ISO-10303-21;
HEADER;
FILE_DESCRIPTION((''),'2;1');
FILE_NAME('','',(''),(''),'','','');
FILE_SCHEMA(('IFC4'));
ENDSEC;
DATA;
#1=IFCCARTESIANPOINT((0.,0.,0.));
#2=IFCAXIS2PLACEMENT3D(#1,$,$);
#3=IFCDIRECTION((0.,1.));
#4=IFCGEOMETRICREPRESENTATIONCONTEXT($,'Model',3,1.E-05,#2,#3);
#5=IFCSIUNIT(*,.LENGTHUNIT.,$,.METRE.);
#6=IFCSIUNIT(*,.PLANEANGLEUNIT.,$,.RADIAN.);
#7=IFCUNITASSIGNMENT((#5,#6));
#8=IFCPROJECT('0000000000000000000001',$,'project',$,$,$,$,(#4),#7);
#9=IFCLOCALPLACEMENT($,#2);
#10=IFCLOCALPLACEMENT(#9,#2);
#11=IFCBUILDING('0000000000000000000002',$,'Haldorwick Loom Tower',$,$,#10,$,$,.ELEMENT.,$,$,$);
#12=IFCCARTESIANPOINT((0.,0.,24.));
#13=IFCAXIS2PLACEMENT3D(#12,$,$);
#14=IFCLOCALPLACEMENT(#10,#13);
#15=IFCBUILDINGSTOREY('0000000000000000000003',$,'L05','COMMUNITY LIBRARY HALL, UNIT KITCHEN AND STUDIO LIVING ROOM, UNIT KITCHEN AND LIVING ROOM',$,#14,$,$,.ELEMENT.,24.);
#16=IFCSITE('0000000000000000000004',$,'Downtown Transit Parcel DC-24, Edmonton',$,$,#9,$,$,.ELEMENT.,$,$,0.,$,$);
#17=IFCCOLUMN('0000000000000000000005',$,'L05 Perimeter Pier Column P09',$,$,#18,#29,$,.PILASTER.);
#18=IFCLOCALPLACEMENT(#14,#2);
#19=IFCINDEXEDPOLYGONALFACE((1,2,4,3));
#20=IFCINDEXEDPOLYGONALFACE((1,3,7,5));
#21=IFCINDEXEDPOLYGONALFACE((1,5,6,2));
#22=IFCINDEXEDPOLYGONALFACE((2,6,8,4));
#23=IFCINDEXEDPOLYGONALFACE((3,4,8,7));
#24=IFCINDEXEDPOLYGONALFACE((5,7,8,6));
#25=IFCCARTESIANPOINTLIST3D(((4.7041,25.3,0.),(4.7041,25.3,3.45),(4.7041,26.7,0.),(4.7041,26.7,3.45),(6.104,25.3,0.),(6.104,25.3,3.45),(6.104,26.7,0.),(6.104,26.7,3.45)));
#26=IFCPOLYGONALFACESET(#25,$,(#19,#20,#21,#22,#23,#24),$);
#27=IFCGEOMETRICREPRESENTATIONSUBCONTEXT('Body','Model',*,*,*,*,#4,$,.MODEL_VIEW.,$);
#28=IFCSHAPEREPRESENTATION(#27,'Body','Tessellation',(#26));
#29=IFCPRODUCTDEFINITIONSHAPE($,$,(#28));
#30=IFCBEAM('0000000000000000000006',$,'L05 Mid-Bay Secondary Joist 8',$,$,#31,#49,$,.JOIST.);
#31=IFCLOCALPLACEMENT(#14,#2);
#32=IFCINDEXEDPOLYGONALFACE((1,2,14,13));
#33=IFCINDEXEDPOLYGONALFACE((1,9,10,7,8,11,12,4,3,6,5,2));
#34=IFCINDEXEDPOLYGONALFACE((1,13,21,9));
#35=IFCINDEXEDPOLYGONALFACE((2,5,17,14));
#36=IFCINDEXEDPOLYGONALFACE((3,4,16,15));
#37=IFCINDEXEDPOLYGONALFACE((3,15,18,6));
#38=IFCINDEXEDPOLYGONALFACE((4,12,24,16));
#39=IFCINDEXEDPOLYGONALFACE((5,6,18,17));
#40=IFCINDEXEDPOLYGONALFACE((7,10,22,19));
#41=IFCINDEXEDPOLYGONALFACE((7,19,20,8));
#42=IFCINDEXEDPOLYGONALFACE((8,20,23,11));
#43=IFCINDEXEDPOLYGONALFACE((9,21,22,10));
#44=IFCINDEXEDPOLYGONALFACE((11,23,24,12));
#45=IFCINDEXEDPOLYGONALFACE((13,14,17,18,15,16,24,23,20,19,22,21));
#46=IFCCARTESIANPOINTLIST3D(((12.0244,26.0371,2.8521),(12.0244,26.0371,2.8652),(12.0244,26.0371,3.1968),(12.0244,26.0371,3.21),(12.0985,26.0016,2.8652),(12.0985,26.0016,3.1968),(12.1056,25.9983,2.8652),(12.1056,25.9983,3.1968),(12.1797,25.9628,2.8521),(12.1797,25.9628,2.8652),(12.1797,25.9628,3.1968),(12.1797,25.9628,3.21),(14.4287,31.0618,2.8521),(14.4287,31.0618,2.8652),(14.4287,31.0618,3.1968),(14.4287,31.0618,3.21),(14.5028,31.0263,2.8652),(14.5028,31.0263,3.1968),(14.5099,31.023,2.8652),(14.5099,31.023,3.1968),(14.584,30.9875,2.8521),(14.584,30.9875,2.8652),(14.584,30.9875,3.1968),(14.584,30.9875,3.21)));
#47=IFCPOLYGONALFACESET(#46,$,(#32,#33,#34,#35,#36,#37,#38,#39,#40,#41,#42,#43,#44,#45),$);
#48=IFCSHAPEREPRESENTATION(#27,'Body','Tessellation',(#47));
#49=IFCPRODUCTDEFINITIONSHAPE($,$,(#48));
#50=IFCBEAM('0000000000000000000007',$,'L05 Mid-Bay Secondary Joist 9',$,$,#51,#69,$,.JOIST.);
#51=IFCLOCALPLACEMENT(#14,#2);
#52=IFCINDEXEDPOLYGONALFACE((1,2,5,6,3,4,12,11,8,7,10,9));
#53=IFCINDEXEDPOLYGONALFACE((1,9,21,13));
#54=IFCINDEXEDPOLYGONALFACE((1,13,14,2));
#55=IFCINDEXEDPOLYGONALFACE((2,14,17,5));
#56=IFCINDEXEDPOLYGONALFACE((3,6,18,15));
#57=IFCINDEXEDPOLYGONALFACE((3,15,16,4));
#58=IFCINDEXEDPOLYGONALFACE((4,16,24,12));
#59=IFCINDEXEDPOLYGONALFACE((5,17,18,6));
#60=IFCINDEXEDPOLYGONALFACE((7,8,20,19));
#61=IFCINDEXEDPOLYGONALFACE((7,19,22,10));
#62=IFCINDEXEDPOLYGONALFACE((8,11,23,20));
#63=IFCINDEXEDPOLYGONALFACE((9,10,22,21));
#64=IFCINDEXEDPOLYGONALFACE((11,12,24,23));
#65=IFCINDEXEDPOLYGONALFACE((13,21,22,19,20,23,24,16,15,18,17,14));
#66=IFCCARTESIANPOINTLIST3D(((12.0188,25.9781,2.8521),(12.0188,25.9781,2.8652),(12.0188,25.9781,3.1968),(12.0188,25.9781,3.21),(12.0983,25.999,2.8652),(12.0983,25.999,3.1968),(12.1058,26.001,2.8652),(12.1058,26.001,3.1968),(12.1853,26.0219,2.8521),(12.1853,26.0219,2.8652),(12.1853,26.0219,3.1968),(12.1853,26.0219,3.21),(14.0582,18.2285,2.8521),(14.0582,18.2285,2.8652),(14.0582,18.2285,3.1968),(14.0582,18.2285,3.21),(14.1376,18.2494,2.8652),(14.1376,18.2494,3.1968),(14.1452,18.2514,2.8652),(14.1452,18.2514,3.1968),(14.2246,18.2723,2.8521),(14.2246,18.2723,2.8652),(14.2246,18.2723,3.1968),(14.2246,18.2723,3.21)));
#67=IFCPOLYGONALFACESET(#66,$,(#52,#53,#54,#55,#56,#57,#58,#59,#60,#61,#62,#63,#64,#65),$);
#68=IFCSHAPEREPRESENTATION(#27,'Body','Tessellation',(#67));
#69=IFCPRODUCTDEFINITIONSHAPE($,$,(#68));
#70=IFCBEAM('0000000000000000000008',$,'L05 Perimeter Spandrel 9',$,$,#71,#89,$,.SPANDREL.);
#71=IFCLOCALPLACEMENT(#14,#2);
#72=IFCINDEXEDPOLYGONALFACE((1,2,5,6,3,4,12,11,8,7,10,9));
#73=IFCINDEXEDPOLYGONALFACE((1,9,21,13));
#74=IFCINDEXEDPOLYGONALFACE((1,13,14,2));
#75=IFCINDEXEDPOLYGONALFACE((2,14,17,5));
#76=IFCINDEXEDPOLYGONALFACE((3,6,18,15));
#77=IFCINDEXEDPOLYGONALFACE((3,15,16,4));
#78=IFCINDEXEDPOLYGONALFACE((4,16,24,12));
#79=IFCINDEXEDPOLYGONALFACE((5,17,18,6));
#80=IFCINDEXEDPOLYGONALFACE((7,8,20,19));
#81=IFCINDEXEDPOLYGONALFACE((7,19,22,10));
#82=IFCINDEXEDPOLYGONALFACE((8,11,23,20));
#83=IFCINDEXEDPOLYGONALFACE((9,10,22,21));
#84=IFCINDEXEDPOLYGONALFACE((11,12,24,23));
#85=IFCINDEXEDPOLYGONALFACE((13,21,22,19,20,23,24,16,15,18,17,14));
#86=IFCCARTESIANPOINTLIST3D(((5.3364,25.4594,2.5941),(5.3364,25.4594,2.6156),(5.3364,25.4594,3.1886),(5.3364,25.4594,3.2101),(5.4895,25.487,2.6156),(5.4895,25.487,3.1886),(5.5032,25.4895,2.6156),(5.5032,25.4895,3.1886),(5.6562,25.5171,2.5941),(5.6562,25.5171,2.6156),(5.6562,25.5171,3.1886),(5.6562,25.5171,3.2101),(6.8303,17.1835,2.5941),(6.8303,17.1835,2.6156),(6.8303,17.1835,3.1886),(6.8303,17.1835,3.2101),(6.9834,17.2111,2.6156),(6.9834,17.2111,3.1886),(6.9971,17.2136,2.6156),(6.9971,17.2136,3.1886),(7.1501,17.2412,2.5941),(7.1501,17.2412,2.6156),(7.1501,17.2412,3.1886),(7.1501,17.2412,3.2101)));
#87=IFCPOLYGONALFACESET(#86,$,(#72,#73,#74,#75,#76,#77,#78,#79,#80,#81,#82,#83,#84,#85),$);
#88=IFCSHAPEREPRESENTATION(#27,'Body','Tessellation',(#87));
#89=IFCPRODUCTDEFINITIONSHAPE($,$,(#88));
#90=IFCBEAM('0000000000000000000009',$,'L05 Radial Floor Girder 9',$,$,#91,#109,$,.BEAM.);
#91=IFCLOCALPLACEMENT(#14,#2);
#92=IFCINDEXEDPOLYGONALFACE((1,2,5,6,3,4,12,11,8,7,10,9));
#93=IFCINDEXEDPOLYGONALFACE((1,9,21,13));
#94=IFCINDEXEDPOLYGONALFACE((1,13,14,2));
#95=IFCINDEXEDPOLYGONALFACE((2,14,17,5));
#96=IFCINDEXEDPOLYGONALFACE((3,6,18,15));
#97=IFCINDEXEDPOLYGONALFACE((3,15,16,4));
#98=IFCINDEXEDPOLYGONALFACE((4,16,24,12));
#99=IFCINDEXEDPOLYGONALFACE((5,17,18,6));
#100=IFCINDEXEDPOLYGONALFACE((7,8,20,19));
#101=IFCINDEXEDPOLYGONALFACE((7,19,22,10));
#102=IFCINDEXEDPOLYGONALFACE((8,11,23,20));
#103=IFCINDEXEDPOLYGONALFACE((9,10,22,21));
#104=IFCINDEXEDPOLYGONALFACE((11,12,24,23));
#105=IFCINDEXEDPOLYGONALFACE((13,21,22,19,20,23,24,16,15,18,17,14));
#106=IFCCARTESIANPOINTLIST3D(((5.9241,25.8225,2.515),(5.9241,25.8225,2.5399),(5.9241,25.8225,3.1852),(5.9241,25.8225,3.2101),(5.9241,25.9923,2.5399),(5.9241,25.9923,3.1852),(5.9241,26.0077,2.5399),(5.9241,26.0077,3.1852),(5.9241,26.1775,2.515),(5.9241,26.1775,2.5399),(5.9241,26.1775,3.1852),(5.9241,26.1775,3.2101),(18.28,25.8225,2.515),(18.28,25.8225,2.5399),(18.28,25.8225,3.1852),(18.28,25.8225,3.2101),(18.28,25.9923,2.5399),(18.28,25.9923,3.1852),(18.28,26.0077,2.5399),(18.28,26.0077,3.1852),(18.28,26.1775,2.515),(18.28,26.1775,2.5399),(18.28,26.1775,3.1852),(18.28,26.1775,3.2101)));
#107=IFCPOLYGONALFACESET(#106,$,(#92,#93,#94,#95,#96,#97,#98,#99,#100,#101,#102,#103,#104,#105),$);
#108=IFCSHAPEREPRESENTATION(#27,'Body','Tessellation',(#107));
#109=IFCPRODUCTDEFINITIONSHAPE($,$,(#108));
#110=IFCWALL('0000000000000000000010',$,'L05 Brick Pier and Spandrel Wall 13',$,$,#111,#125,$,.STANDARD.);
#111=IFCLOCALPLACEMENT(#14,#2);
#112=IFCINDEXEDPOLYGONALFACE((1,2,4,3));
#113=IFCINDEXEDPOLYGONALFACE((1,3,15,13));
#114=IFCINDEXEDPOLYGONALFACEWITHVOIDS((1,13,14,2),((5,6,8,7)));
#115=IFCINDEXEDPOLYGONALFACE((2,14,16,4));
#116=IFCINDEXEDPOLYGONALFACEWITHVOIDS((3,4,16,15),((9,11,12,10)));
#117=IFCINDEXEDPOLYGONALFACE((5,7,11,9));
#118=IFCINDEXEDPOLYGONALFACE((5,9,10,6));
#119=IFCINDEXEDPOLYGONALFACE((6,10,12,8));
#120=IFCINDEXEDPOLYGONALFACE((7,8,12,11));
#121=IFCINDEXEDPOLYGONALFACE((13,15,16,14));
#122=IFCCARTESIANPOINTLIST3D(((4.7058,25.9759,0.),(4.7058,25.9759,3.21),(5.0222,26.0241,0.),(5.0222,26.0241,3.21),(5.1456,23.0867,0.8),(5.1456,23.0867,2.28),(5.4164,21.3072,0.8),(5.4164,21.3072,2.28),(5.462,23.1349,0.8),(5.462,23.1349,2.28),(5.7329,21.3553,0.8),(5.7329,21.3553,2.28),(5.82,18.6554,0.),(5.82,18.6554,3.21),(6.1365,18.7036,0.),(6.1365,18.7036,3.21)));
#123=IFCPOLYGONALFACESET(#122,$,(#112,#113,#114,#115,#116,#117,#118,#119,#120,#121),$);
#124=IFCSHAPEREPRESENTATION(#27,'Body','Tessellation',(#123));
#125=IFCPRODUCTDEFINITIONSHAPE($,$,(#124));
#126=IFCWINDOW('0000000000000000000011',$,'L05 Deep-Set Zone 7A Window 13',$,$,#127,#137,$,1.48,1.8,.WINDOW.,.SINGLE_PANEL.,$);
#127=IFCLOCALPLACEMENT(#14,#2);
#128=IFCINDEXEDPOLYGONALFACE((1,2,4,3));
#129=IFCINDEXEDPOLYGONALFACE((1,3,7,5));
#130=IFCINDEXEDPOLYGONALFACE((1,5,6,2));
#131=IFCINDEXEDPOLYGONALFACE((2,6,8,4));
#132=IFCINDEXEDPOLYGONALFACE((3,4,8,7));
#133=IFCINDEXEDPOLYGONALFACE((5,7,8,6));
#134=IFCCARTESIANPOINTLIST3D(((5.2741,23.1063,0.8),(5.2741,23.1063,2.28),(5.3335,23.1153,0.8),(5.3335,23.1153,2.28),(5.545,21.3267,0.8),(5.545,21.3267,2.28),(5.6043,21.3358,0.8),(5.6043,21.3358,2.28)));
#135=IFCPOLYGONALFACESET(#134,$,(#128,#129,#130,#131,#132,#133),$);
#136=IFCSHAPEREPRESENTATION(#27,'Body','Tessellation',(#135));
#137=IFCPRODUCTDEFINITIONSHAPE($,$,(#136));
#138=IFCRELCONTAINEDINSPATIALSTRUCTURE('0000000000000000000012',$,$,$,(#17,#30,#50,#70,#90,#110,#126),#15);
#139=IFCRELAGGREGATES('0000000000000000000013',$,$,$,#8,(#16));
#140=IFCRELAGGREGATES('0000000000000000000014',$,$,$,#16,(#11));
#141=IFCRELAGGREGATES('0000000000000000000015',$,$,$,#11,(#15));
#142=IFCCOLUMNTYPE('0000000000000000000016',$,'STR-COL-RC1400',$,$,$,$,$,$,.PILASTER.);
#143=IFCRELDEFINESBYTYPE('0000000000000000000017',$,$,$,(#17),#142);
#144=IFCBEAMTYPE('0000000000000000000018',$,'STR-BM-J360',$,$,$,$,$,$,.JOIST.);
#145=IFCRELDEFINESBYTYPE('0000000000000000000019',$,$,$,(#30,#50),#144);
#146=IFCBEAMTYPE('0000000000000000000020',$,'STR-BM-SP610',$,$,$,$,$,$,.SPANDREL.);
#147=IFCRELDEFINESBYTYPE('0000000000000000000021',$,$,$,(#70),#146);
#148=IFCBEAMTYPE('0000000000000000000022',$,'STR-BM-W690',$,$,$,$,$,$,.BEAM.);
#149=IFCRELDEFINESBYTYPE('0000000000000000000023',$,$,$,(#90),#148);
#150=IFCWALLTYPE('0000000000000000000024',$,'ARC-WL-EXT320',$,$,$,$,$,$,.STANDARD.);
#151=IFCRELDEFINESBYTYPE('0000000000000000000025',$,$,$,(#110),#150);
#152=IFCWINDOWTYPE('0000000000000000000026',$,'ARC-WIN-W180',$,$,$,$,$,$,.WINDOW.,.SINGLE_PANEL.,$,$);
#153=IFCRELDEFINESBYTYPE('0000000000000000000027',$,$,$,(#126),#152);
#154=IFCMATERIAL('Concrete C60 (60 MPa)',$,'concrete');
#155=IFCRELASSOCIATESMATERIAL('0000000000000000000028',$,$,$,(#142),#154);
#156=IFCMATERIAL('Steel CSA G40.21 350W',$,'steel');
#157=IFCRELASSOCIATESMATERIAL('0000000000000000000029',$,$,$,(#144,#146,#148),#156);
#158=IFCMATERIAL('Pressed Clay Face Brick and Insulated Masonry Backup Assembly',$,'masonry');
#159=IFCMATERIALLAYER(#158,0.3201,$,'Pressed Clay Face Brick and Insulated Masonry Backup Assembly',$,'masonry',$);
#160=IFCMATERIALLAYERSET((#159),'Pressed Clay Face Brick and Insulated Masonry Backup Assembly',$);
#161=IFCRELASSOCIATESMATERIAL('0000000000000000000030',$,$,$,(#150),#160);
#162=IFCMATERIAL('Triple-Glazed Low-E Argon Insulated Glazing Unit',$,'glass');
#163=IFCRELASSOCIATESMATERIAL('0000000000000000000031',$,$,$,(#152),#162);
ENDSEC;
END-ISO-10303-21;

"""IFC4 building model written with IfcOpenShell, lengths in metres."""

from ifc_helpers import new_model, si_unit, direction, frame, frame_2d, origin, origin_2d, place, context, subcontext, project, spatial, rectangle, i_section, extrude, material, layer, layer_set, material_profile, profile_set, type_object, element, fill, save


model = new_model("IFC4")

# Units and contexts
model_context = context("Model", 3, precision=1e-05, world=origin(), true_north=direction((0.0, 1.0)))
body_context = subcontext(model_context, "Body", "Model", "MODEL_VIEW")
ifc_project = project(units=[si_unit("LENGTHUNIT", "METRE"), si_unit("PLANEANGLEUNIT", "RADIAN")], contexts=[model_context])

# Site, building, storey
site_placement = place(None, origin())
site = spatial("IfcSite", under=ifc_project, at=site_placement, Name="Downtown Transit Parcel DC-24, Edmonton", CompositionType="ELEMENT", RefElevation=0.0)
building_placement = place(site_placement, origin())
building = spatial("IfcBuilding", under=site, at=building_placement, Name="Haldorwick Loom Tower", CompositionType="ELEMENT")
storey_placement = place(building_placement, frame((0.0, 0.0, 24.0)))
storey = spatial("IfcBuildingStorey", under=building, at=storey_placement, Name="L05", Description="COMMUNITY LIBRARY HALL, UNIT KITCHEN AND STUDIO LIVING ROOM, UNIT KITCHEN AND LIVING ROOM", CompositionType="ELEMENT", Elevation=24.0)

# Column
ifc_material_1 = material(Name="Concrete C60 (60 MPa)", Category="concrete")
ifc_material_profile_1 = material_profile(ifc_material_1, rectangle(XDim=1.3999, YDim=1.3999, at=origin_2d()), Name="RC1400X1400", Category="concrete")
ifc_profile_set_1 = profile_set([ifc_material_profile_1], Name="Concrete C60 (60 MPa)")
column_type = type_object("IfcColumnType", Name="STR-COL-RC1400", PredefinedType="PILASTER", material=ifc_profile_set_1)
column_placement = place(storey_placement, frame((5.4041, 26.0, 0.0), z_axis=(0.0, 0.0, 1.0), x_axis=(-1.0, 0.0, 0.0)))
element("IfcColumn", 1, at=column_placement, inside=storey, type_object=column_type, Name="L05 Perimeter Pier Column P09", PredefinedType="PILASTER", context=body_context, shape_type="SweptSolid", body=[
    extrude(rectangle(XDim=1.3999, YDim=1.3999, at=origin_2d()), origin(), (0.0, 0.0, 1.0), 3.45),
])

# Beams
ifc_material_2 = material(Name="Steel CSA G40.21 350W", Category="steel")
ifc_material_profile_2 = material_profile(ifc_material_2, i_section(OverallWidth=0.1721, OverallDepth=0.3579, WebThickness=0.0078, FlangeThickness=0.0132, at=origin_2d()), Name="W360X57", Category="steel")
ifc_profile_set_2 = profile_set([ifc_material_profile_2], Name="Steel CSA G40.21 350W")
beam_type_1 = type_object("IfcBeamType", Name="STR-BM-J360", PredefinedType="JOIST", material=ifc_profile_set_2)
beam_1_placement = place(storey_placement, frame((14.5063, 31.0247, 3.031), z_axis=(-0.431631, -0.90205, 0.0), x_axis=(0.90205, -0.431631, 0.0)))
element("IfcBeam", 2, at=beam_1_placement, inside=storey, type_object=beam_type_1, Name="L05 Mid-Bay Secondary Joist 8", PredefinedType="JOIST", context=body_context, shape_type="SweptSolid", body=[
    extrude(i_section(OverallWidth=0.1721, OverallDepth=0.3579, WebThickness=0.0078, FlangeThickness=0.0132, at=origin_2d()), origin(), (0.0, 0.0, 1.0), 5.5703),
])
beam_2_placement = place(storey_placement, frame((12.1021, 26.0, 3.031), z_axis=(0.254489, -0.967076, 0.0), x_axis=(0.967076, 0.254489, 0.0)))
element("IfcBeam", 3, at=beam_2_placement, inside=storey, type_object=beam_type_1, Name="L05 Mid-Bay Secondary Joist 9", PredefinedType="JOIST", context=body_context, shape_type="SweptSolid", body=[
    extrude(i_section(OverallWidth=0.1721, OverallDepth=0.3579, WebThickness=0.0078, FlangeThickness=0.0132, at=origin_2d()), origin(), (0.0, 0.0, 1.0), 8.0134),
])
ifc_material_profile_3 = material_profile(ifc_material_2, i_section(OverallWidth=0.325, OverallDepth=0.616, WebThickness=0.0139, FlangeThickness=0.0215, at=origin_2d()), Name="W610X174", Category="steel")
ifc_profile_set_3 = profile_set([ifc_material_profile_3], Name="Steel CSA G40.21 350W")
beam_type_2 = type_object("IfcBeamType", Name="STR-BM-SP610", PredefinedType="SPANDREL", material=ifc_profile_set_3)
beam_3_placement = place(storey_placement, frame((5.4963, 25.4883, 2.9021), z_axis=(0.177641, -0.984095, 0.0), x_axis=(0.984095, 0.177641, 0.0)))
element("IfcBeam", 4, at=beam_3_placement, inside=storey, type_object=beam_type_2, Name="L05 Perimeter Spandrel 9", PredefinedType="SPANDREL", context=body_context, shape_type="SweptSolid", body=[
    extrude(i_section(OverallWidth=0.325, OverallDepth=0.616, WebThickness=0.0139, FlangeThickness=0.0215, at=origin_2d()), origin(), (0.0, 0.0, 1.0), 8.4097),
])
ifc_material_profile_4 = material_profile(ifc_material_2, i_section(OverallWidth=0.355, OverallDepth=0.6951, WebThickness=0.0154, FlangeThickness=0.0249, at=origin_2d()), Name="W690X217", Category="steel")
ifc_profile_set_4 = profile_set([ifc_material_profile_4], Name="Steel CSA G40.21 350W")
beam_type_3 = type_object("IfcBeamType", Name="STR-BM-W690", PredefinedType="BEAM", material=ifc_profile_set_4)
beam_4_placement = place(storey_placement, frame((18.28, 26.0, 2.8625), z_axis=(-1.0, 0.0, 0.0), x_axis=(0.0, -1.0, 0.0)))
element("IfcBeam", 5, at=beam_4_placement, inside=storey, type_object=beam_type_3, Name="L05 Radial Floor Girder 9", PredefinedType="BEAM", context=body_context, shape_type="SweptSolid", body=[
    extrude(i_section(OverallWidth=0.355, OverallDepth=0.6951, WebThickness=0.0154, FlangeThickness=0.0249, at=origin_2d()), origin(), (0.0, 0.0, 1.0), 12.356),
])

# Wall, opening, window
ifc_material_3 = material(Name="Pressed Clay Face Brick and Insulated Masonry Backup Assembly", Category="masonry")
ifc_layer_1 = layer(ifc_material_3, 0.3201, Name="Pressed Clay Face Brick and Insulated Masonry Backup Assembly", Category="masonry")
ifc_layer_set_1 = layer_set([ifc_layer_1], Name="Pressed Clay Face Brick and Insulated Masonry Backup Assembly")
wall_type_1 = type_object("IfcWallType", Name="ARC-WL-EXT320", PredefinedType="STANDARD", material=ifc_layer_set_1)
wall_1_placement = place(storey_placement, frame((4.864, 26.0, 0.0), z_axis=(0.0, 0.0, 1.0), x_axis=(0.150476, -0.988614, 0.0)))
wall_1 = element("IfcWall", 6, at=wall_1_placement, inside=storey, type_object=wall_type_1, Name="L05 Brick Pier and Spandrel Wall 13", PredefinedType="STANDARD", context=body_context, shape_type="SweptSolid", body=[
    extrude(rectangle(XDim=7.4048, YDim=0.3201, at=frame_2d((3.7024, 0.0))), origin(), (0.0, 0.0, 1.0), 3.21),
])
opening_1_placement = place(wall_1_placement, frame((2.9226, 0.0, 0.8)))
opening_1 = element("IfcOpeningElement", 7, at=opening_1_placement, cuts=wall_1, PredefinedType="OPENING", context=body_context, shape_type="SweptSolid", body=[
    extrude(rectangle(XDim=1.8, YDim=1.48, at=frame_2d((0.8999, 0.74))), frame((0.0, 0.1699, 0.0), z_axis=(0.0, -1.0, 0.0), x_axis=(1.0, 0.0, 0.0)), (0.0, 0.0, 1.0), 0.3401),
])
ifc_material_4 = material(Name="Triple-Glazed Low-E Argon Insulated Glazing Unit", Category="glass")
window_type = type_object("IfcWindowType", Name="ARC-WIN-W180", PartitioningType="SINGLE_PANEL", PredefinedType="WINDOW", material=ifc_material_4)
window_placement = place(opening_1_placement, origin())
window = element("IfcWindow", 8, at=window_placement, inside=storey, type_object=window_type, Name="L05 Deep-Set Zone 7A Window 13", OverallHeight=1.48, OverallWidth=1.8, PartitioningType="SINGLE_PANEL", PredefinedType="WINDOW", context=body_context, shape_type="SweptSolid", body=[
    extrude(rectangle(XDim=1.8, YDim=1.48, at=frame_2d((0.8999, 0.74))), frame((0.0, 0.03, 0.0), z_axis=(0.0, -1.0, 0.0), x_axis=(1.0, 0.0, 0.0)), (0.0, 0.0, 1.0), 0.0601),
])
fill(opening_1, window)

save(model, "model.ifc")
